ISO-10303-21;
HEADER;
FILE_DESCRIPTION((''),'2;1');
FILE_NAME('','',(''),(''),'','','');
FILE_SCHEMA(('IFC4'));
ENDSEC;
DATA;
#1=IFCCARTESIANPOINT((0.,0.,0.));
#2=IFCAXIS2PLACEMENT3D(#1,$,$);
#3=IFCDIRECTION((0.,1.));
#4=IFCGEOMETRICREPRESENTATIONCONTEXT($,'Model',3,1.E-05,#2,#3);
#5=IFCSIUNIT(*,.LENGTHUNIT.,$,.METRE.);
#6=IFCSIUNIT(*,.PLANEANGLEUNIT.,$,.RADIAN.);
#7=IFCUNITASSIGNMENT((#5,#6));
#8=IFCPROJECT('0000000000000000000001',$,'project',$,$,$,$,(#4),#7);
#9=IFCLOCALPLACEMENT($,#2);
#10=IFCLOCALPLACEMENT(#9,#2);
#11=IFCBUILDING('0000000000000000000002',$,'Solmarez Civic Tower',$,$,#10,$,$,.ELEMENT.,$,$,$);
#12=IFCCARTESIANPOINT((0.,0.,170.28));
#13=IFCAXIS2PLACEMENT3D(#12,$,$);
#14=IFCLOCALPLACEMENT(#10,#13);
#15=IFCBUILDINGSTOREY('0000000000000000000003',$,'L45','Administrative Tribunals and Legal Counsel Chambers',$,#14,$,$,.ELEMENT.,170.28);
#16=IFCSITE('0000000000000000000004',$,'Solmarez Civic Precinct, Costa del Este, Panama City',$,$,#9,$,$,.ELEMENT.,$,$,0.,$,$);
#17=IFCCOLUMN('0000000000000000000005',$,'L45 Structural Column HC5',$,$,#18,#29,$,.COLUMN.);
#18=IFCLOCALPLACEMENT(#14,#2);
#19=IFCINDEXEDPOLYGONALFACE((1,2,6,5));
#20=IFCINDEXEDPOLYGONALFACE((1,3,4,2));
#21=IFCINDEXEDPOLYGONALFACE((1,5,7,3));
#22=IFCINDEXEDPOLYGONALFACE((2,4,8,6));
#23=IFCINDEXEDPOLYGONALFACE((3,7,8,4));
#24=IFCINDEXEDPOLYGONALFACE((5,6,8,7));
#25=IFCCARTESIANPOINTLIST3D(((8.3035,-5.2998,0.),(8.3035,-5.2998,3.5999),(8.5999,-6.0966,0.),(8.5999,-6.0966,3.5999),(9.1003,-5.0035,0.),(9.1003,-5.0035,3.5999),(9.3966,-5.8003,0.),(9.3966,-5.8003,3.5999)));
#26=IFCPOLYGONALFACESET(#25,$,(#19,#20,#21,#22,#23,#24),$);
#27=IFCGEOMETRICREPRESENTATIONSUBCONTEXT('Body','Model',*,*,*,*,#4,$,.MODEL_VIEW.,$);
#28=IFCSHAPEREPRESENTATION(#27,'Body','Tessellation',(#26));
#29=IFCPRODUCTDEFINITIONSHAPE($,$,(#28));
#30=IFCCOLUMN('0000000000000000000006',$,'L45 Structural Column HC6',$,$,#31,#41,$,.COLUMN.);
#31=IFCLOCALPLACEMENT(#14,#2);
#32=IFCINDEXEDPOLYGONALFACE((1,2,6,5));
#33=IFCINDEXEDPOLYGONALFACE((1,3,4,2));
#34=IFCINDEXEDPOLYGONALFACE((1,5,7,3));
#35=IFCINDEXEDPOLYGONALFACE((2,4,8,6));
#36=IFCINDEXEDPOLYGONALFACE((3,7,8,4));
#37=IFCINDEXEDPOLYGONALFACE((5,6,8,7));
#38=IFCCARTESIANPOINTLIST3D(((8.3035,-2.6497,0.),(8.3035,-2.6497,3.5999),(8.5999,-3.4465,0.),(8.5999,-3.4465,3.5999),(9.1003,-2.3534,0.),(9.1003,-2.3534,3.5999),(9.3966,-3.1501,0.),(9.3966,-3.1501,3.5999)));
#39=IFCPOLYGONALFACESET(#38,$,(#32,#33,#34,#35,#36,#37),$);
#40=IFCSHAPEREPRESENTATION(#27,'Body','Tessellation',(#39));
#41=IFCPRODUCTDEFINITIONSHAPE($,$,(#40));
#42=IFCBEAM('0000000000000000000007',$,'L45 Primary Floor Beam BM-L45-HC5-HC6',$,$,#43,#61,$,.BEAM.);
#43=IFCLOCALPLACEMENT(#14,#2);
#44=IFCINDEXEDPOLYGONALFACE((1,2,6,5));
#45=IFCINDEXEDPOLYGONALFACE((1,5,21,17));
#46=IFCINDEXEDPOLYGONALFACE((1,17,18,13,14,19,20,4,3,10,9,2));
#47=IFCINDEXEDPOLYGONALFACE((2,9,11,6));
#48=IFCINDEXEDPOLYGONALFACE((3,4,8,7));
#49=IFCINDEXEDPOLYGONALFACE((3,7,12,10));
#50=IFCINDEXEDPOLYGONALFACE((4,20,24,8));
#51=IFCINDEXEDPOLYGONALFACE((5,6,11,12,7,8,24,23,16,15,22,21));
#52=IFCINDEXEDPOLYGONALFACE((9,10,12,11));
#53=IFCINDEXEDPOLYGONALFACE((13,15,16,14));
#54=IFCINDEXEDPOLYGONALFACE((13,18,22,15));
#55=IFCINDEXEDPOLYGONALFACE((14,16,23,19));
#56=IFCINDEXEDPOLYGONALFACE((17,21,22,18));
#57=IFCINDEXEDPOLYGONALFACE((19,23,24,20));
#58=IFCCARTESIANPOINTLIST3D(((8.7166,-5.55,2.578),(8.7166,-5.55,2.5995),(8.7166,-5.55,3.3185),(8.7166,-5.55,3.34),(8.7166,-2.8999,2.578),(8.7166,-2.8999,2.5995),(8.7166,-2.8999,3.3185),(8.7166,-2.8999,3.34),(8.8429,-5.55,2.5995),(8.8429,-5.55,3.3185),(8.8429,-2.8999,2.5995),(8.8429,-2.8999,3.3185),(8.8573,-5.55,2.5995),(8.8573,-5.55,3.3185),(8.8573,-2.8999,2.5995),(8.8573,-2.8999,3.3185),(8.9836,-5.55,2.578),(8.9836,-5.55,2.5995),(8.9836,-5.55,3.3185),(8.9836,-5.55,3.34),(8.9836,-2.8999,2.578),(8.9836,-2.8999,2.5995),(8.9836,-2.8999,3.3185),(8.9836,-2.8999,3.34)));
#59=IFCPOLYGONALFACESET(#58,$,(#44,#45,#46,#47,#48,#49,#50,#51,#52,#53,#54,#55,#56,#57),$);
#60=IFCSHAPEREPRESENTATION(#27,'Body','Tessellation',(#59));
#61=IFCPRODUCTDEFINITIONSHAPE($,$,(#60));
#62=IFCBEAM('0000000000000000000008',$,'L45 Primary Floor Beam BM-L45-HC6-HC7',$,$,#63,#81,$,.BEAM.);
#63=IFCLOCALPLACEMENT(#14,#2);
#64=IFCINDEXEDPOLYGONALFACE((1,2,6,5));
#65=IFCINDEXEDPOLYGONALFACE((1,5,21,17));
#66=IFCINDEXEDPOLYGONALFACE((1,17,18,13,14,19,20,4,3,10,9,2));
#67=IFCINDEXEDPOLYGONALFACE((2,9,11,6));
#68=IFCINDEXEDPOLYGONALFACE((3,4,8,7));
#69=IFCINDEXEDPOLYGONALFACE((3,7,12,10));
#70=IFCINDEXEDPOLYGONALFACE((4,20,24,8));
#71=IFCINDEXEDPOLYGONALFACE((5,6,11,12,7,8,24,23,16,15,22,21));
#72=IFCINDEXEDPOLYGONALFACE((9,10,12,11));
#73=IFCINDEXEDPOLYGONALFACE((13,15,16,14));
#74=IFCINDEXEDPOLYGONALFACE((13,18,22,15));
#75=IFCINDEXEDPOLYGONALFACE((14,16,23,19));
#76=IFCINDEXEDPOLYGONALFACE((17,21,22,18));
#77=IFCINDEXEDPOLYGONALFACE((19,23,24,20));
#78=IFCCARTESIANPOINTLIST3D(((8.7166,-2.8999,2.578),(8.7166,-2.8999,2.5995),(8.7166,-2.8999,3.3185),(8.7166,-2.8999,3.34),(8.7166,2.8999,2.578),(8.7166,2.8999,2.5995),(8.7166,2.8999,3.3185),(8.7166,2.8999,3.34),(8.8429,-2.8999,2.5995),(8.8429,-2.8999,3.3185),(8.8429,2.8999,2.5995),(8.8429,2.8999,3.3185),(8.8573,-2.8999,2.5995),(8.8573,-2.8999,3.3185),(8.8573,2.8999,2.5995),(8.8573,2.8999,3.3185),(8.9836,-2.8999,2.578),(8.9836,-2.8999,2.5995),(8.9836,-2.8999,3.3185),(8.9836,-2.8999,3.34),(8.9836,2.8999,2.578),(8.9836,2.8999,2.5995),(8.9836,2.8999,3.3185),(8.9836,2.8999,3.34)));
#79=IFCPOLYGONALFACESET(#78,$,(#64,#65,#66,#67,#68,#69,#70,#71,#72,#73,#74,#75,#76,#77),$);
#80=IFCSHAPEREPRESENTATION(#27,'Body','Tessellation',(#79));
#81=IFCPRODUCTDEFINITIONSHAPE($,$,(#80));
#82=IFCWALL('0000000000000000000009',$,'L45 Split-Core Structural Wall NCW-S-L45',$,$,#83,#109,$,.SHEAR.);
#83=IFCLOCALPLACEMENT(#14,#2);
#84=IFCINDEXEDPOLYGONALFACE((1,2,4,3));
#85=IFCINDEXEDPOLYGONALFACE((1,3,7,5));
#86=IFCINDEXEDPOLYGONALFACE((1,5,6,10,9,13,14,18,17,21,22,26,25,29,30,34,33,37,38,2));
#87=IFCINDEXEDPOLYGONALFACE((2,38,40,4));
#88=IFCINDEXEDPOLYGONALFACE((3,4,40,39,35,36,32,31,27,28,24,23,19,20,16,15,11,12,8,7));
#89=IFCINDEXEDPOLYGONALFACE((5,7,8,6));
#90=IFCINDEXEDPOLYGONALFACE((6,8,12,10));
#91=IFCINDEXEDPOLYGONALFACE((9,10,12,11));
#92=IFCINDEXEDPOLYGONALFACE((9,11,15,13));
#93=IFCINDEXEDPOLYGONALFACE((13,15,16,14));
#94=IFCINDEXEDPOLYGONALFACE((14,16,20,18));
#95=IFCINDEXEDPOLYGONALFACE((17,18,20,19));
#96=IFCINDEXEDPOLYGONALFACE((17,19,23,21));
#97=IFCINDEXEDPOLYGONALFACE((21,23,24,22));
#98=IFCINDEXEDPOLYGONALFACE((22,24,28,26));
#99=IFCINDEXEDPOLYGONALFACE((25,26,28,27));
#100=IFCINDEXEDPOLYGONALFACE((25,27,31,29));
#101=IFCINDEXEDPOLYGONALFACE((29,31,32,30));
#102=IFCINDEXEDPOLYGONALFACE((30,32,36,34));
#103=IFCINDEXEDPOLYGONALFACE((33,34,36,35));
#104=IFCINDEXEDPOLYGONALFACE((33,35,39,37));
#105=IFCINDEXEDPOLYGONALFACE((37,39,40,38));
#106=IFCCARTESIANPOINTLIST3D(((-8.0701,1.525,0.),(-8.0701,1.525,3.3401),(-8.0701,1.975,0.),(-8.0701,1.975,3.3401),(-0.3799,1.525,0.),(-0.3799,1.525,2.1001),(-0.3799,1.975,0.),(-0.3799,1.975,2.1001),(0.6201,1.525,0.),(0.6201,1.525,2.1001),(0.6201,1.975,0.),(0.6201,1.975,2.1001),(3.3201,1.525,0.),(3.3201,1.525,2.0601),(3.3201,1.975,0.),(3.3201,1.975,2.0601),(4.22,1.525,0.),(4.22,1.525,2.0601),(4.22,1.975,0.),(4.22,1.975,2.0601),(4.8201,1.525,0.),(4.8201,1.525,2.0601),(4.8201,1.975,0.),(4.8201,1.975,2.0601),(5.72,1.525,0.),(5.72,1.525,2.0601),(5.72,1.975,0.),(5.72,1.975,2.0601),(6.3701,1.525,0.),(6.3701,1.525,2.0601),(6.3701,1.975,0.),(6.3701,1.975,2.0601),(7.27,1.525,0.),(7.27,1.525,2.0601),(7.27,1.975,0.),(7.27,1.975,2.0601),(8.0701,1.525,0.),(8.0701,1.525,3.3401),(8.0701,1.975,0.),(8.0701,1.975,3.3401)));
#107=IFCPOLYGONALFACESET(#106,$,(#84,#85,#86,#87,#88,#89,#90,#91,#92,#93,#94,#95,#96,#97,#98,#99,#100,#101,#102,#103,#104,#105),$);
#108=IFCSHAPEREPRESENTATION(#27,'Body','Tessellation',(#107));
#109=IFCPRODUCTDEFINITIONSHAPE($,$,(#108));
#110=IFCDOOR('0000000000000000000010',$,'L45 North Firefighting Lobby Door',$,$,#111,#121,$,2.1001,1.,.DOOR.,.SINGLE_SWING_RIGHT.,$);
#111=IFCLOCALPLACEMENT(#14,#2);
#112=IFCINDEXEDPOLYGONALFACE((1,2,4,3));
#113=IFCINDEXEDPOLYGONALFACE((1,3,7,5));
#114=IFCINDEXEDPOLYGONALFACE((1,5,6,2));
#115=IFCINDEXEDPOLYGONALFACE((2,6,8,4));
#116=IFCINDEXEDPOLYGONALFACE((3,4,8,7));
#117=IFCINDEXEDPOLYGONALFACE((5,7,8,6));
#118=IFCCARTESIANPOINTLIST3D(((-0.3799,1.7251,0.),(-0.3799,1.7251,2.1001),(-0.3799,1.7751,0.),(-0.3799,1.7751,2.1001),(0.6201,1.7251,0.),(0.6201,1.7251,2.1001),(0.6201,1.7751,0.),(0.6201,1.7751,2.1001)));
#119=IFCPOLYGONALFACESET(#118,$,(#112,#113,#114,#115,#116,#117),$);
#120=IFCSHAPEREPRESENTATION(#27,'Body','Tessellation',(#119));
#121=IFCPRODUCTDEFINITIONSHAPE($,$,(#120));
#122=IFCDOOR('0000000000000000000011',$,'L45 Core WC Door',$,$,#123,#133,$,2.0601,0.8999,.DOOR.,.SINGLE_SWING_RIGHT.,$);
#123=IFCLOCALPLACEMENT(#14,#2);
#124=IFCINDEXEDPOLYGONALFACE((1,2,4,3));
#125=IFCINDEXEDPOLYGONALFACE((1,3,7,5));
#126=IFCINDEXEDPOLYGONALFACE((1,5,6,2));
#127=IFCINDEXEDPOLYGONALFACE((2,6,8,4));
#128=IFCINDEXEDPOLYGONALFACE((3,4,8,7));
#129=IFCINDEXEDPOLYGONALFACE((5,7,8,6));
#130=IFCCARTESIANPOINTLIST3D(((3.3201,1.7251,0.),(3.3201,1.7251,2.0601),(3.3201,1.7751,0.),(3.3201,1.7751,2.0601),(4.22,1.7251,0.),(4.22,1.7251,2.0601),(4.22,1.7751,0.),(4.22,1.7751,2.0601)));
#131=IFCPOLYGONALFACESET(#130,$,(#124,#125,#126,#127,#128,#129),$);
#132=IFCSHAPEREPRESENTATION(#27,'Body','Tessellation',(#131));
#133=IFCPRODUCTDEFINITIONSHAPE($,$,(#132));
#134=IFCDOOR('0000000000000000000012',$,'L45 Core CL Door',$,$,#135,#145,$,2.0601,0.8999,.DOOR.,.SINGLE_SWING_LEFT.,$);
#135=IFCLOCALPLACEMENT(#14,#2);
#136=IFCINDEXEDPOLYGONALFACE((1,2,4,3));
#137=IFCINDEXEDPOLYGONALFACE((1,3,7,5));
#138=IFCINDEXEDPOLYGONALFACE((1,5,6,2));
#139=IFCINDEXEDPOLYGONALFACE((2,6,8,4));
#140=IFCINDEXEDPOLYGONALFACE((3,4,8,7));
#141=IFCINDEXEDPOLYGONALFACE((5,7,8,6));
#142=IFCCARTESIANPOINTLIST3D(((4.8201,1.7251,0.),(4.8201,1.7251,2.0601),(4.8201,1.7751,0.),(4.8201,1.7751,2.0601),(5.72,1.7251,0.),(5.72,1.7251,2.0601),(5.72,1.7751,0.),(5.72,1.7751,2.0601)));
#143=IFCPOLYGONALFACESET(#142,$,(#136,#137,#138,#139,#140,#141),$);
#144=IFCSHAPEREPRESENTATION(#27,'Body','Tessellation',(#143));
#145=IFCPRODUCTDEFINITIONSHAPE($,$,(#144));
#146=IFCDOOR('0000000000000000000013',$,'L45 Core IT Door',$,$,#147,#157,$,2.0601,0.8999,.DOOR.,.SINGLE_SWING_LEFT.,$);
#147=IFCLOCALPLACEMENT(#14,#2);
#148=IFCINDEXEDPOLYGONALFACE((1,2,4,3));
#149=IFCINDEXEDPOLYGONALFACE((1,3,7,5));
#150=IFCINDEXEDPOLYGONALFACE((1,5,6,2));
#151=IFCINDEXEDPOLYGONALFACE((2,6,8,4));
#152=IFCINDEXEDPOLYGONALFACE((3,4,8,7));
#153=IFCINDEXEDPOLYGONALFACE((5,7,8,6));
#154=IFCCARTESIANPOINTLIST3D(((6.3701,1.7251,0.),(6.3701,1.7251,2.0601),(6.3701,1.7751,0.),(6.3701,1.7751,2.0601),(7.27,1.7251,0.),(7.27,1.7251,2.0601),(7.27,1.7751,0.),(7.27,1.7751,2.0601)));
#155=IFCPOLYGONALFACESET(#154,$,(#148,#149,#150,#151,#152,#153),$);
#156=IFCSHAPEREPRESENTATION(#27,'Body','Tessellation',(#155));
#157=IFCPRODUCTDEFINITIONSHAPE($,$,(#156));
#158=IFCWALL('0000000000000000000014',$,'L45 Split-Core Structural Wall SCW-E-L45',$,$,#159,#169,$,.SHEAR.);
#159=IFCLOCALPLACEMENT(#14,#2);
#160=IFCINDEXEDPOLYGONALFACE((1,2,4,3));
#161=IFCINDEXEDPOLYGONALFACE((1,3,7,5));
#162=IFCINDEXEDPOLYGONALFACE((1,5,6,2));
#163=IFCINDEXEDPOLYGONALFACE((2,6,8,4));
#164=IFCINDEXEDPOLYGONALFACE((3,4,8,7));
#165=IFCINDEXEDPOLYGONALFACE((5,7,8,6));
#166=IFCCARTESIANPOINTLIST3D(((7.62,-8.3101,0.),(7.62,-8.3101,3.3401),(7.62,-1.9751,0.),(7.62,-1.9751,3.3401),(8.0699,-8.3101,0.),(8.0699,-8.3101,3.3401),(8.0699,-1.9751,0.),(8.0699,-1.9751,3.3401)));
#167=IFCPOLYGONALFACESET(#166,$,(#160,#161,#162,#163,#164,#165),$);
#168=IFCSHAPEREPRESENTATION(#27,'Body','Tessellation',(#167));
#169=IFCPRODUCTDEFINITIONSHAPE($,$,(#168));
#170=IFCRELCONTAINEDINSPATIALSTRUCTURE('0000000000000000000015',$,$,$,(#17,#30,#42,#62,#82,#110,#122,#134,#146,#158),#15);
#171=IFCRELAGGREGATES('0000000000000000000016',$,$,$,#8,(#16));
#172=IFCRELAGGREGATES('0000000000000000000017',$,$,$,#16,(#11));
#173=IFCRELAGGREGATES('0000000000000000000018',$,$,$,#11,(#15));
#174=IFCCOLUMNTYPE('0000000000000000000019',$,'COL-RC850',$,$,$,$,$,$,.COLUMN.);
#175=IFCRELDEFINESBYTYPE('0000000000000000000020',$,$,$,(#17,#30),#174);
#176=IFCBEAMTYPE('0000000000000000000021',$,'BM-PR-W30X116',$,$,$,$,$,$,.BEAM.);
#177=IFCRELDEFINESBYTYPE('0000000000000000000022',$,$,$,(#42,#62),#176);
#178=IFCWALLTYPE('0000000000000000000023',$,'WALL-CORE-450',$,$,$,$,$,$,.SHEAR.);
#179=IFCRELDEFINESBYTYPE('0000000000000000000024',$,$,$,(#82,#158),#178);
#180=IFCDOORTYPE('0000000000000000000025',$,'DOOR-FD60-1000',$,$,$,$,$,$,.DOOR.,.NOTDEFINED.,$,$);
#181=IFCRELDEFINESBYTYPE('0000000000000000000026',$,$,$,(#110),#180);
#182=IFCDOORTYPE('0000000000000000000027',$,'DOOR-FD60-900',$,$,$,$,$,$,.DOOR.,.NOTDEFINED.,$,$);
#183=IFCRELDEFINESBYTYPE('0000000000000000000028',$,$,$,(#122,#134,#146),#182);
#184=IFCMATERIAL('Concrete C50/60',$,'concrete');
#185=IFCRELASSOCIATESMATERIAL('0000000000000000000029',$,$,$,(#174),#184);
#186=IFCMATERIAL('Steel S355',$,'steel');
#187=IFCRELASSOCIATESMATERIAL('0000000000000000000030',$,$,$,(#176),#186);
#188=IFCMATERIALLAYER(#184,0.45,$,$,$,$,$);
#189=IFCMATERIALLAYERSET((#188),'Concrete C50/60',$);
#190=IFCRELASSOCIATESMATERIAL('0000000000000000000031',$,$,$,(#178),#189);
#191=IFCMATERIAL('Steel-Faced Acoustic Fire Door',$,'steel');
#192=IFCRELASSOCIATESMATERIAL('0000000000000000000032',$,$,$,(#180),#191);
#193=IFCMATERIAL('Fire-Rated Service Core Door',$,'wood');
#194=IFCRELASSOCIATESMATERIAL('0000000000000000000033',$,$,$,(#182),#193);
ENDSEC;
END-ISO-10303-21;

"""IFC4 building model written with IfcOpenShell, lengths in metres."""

from ifc_helpers import new_model, si_unit, direction, frame, frame_2d, origin, origin_2d, place, context, subcontext, project, spatial, rectangle, i_section, extrude, material, layer, layer_set, material_profile, profile_set, type_object, element, fill, save


model = new_model("IFC4")

# Units and contexts
model_context = context("Model", 3, precision=1e-05, world=origin(), true_north=direction((0.0, 1.0)))
body_context = subcontext(model_context, "Body", "Model", "MODEL_VIEW")
ifc_project = project(units=[si_unit("LENGTHUNIT", "METRE"), si_unit("PLANEANGLEUNIT", "RADIAN")], contexts=[model_context])

# Site, building, storey
site_placement = place(None, origin())
site = spatial("IfcSite", under=ifc_project, at=site_placement, Name="Solmarez Civic Precinct, Costa del Este, Panama City", CompositionType="ELEMENT", RefElevation=0.0)
building_placement = place(site_placement, origin())
building = spatial("IfcBuilding", under=site, at=building_placement, Name="Solmarez Civic Tower", CompositionType="ELEMENT")
storey_placement = place(building_placement, frame((0.0, 0.0, 170.28)))
storey = spatial("IfcBuildingStorey", under=building, at=storey_placement, Name="L45", Description="Administrative Tribunals and Legal Counsel Chambers", CompositionType="ELEMENT", Elevation=170.28)

# Columns
ifc_material_1 = material(Name="Concrete C50/60", Category="concrete")
ifc_material_profile_1 = material_profile(ifc_material_1, rectangle(XDim=0.8501, YDim=0.8501, at=origin_2d()), Name="RC850X850")
ifc_profile_set_1 = profile_set([ifc_material_profile_1], Name="Concrete C50/60")
column_type = type_object("IfcColumnType", Name="COL-RC850", PredefinedType="COLUMN", material=ifc_profile_set_1)
for number, where, z_axis, x_axis, name in (
    (1, (8.8501, -5.55, 0.0), (0.0, 0.0, 1.0), (0.937282, 0.348572, 0.0), "L45 Structural Column HC5"),
    (2, (8.8501, -2.8999, 0.0), (0.0, 0.0, 1.0), (0.937282, 0.348572, 0.0), "L45 Structural Column HC6"),
):
    element("IfcColumn", number, at=place(storey_placement, frame(where, z_axis=z_axis, x_axis=x_axis)), inside=storey, type_object=column_type, Name=name, PredefinedType="COLUMN", context=body_context, shape_type="SweptSolid", body=[
        extrude(rectangle(XDim=0.8501, YDim=0.8501, at=origin_2d()), origin(), (0.0, 0.0, 1.0), 3.5999),
    ])

# Beams
ifc_material_2 = material(Name="Steel S355", Category="steel")
ifc_material_profile_2 = material_profile(ifc_material_2, i_section(OverallWidth=0.2671, OverallDepth=0.762, WebThickness=0.0144, FlangeThickness=0.0215, at=origin_2d()), Name="W30X116")
ifc_profile_set_2 = profile_set([ifc_material_profile_2], Name="Steel S355")
beam_type = type_object("IfcBeamType", Name="BM-PR-W30X116", PredefinedType="BEAM", material=ifc_profile_set_2)
beam_1_placement = place(storey_placement, frame((8.8501, -5.55, 2.959), z_axis=(0.0, 1.0, 0.0), x_axis=(-1.0, 0.0, 0.0)))
element("IfcBeam", 3, at=beam_1_placement, inside=storey, type_object=beam_type, Name="L45 Primary Floor Beam BM-L45-HC5-HC6", PredefinedType="BEAM", context=body_context, shape_type="SweptSolid", body=[
    extrude(i_section(OverallWidth=0.2671, OverallDepth=0.762, WebThickness=0.0144, FlangeThickness=0.0215, at=origin_2d()), origin(), (0.0, 0.0, 1.0), 2.6501),
])
beam_2_placement = place(storey_placement, frame((8.8501, -2.8999, 2.959), z_axis=(0.0, 1.0, 0.0), x_axis=(-1.0, 0.0, 0.0)))
element("IfcBeam", 4, at=beam_2_placement, inside=storey, type_object=beam_type, Name="L45 Primary Floor Beam BM-L45-HC6-HC7", PredefinedType="BEAM", context=body_context, shape_type="SweptSolid", body=[
    extrude(i_section(OverallWidth=0.2671, OverallDepth=0.762, WebThickness=0.0144, FlangeThickness=0.0215, at=origin_2d()), origin(), (0.0, 0.0, 1.0), 5.7998),
])

# Wall, openings, doors
ifc_layer_1 = layer(ifc_material_1, 0.45)
ifc_layer_set_1 = layer_set([ifc_layer_1], Name="Concrete C50/60")
wall_type_1 = type_object("IfcWallType", Name="WALL-CORE-450", PredefinedType="SHEAR", material=ifc_layer_set_1)
wall_1_placement = place(storey_placement, frame((8.0701, 1.75, 0.0), z_axis=(0.0, 0.0, 1.0), x_axis=(-1.0, 0.0, 0.0)))
wall_1 = element("IfcWall", 5, at=wall_1_placement, inside=storey, type_object=wall_type_1, Name="L45 Split-Core Structural Wall NCW-S-L45", PredefinedType="SHEAR", context=body_context, shape_type="SweptSolid", body=[
    extrude(rectangle(XDim=16.1401, YDim=0.45, at=frame_2d((8.0701, 0.0))), origin(), (0.0, 0.0, 1.0), 3.3401),
])
opening_1_placement = place(wall_1_placement, frame((7.45, 0.0, 0.0)))
opening_1 = element("IfcOpeningElement", 6, at=opening_1_placement, cuts=wall_1, PredefinedType="OPENING", context=body_context, shape_type="SweptSolid", body=[
    extrude(rectangle(XDim=1.0, YDim=2.1001, at=frame_2d((0.5, 1.05))), frame((0.0, 0.2349, 0.0), z_axis=(0.0, -1.0, 0.0), x_axis=(1.0, 0.0, 0.0)), (0.0, 0.0, 1.0), 0.47),
])
opening_2_placement = place(wall_1_placement, frame((3.8501, 0.0, 0.0)))
opening_2 = element("IfcOpeningElement", 7, at=opening_2_placement, cuts=wall_1, PredefinedType="OPENING", context=body_context, shape_type="SweptSolid", body=[
    extrude(rectangle(XDim=0.8999, YDim=2.0601, at=frame_2d((0.45, 1.03))), frame((0.0, 0.2349, 0.0), z_axis=(0.0, -1.0, 0.0), x_axis=(1.0, 0.0, 0.0)), (0.0, 0.0, 1.0), 0.47),
])
opening_3_placement = place(wall_1_placement, frame((2.3501, 0.0, 0.0)))
opening_3 = element("IfcOpeningElement", 8, at=opening_3_placement, cuts=wall_1, PredefinedType="OPENING", context=body_context, shape_type="SweptSolid", body=[
    extrude(rectangle(XDim=0.8999, YDim=2.0601, at=frame_2d((0.45, 1.03))), frame((0.0, 0.2349, 0.0), z_axis=(0.0, -1.0, 0.0), x_axis=(1.0, 0.0, 0.0)), (0.0, 0.0, 1.0), 0.47),
])
opening_4_placement = place(wall_1_placement, frame((0.8, 0.0, 0.0)))
opening_4 = element("IfcOpeningElement", 9, at=opening_4_placement, cuts=wall_1, PredefinedType="OPENING", context=body_context, shape_type="SweptSolid", body=[
    extrude(rectangle(XDim=0.8999, YDim=2.0601, at=frame_2d((0.45, 1.03))), frame((0.0, 0.2349, 0.0), z_axis=(0.0, -1.0, 0.0), x_axis=(1.0, 0.0, 0.0)), (0.0, 0.0, 1.0), 0.47),
])
ifc_material_3 = material(Name="Steel-Faced Acoustic Fire Door", Category="steel")
door_type_1 = type_object("IfcDoorType", Name="DOOR-FD60-1000", OperationType="NOTDEFINED", PredefinedType="DOOR", material=ifc_material_3)
door_1_placement = place(opening_1_placement, origin())
door_1 = element("IfcDoor", 10, at=door_1_placement, inside=storey, type_object=door_type_1, Name="L45 North Firefighting Lobby Door", OperationType="SINGLE_SWING_RIGHT", OverallHeight=2.1001, OverallWidth=1.0, PredefinedType="DOOR", context=body_context, shape_type="SweptSolid", body=[
    extrude(rectangle(XDim=1.0, YDim=2.1001, at=frame_2d((0.5, 1.05))), frame((0.0, 0.0249, 0.0), z_axis=(0.0, -1.0, 0.0), x_axis=(1.0, 0.0, 0.0)), (0.0, 0.0, 1.0), 0.05),
])
fill(opening_1, door_1)
ifc_material_4 = material(Name="Fire-Rated Service Core Door", Category="wood")
door_type_2 = type_object("IfcDoorType", Name="DOOR-FD60-900", OperationType="NOTDEFINED", PredefinedType="DOOR", material=ifc_material_4)
door_2_placement = place(opening_2_placement, origin())
door_2 = element("IfcDoor", 11, at=door_2_placement, inside=storey, type_object=door_type_2, Name="L45 Core WC Door", OperationType="SINGLE_SWING_RIGHT", OverallHeight=2.0601, OverallWidth=0.8999, PredefinedType="DOOR", context=body_context, shape_type="SweptSolid", body=[
    extrude(rectangle(XDim=0.8999, YDim=2.0601, at=frame_2d((0.45, 1.03))), frame((0.0, 0.0249, 0.0), z_axis=(0.0, -1.0, 0.0), x_axis=(1.0, 0.0, 0.0)), (0.0, 0.0, 1.0), 0.05),
])
fill(opening_2, door_2)
door_3_placement = place(opening_3_placement, origin())
door_3 = element("IfcDoor", 12, at=door_3_placement, inside=storey, type_object=door_type_2, Name="L45 Core CL Door", OperationType="SINGLE_SWING_LEFT", OverallHeight=2.0601, OverallWidth=0.8999, PredefinedType="DOOR", context=body_context, shape_type="SweptSolid", body=[
    extrude(rectangle(XDim=0.8999, YDim=2.0601, at=frame_2d((0.45, 1.03))), frame((0.0, 0.0249, 0.0), z_axis=(0.0, -1.0, 0.0), x_axis=(1.0, 0.0, 0.0)), (0.0, 0.0, 1.0), 0.05),
])
fill(opening_3, door_3)
door_4_placement = place(opening_4_placement, origin())
door_4 = element("IfcDoor", 13, at=door_4_placement, inside=storey, type_object=door_type_2, Name="L45 Core IT Door", OperationType="SINGLE_SWING_LEFT", OverallHeight=2.0601, OverallWidth=0.8999, PredefinedType="DOOR", context=body_context, shape_type="SweptSolid", body=[
    extrude(rectangle(XDim=0.8999, YDim=2.0601, at=frame_2d((0.45, 1.03))), frame((0.0, 0.0249, 0.0), z_axis=(0.0, -1.0, 0.0), x_axis=(1.0, 0.0, 0.0)), (0.0, 0.0, 1.0), 0.05),
])
fill(opening_4, door_4)

# Wall
wall_2_placement = place(storey_placement, frame((7.845, -1.9751, 0.0), z_axis=(0.0, 0.0, 1.0), x_axis=(0.0, -1.0, 0.0)))
element("IfcWall", 14, at=wall_2_placement, inside=storey, type_object=wall_type_1, Name="L45 Split-Core Structural Wall SCW-E-L45", PredefinedType="SHEAR", context=body_context, shape_type="SweptSolid", body=[
    extrude(rectangle(XDim=6.335, YDim=0.45, at=frame_2d((3.1675, 0.0))), origin(), (0.0, 0.0, 1.0), 3.3401),
])

save(model, "model.ifc")
